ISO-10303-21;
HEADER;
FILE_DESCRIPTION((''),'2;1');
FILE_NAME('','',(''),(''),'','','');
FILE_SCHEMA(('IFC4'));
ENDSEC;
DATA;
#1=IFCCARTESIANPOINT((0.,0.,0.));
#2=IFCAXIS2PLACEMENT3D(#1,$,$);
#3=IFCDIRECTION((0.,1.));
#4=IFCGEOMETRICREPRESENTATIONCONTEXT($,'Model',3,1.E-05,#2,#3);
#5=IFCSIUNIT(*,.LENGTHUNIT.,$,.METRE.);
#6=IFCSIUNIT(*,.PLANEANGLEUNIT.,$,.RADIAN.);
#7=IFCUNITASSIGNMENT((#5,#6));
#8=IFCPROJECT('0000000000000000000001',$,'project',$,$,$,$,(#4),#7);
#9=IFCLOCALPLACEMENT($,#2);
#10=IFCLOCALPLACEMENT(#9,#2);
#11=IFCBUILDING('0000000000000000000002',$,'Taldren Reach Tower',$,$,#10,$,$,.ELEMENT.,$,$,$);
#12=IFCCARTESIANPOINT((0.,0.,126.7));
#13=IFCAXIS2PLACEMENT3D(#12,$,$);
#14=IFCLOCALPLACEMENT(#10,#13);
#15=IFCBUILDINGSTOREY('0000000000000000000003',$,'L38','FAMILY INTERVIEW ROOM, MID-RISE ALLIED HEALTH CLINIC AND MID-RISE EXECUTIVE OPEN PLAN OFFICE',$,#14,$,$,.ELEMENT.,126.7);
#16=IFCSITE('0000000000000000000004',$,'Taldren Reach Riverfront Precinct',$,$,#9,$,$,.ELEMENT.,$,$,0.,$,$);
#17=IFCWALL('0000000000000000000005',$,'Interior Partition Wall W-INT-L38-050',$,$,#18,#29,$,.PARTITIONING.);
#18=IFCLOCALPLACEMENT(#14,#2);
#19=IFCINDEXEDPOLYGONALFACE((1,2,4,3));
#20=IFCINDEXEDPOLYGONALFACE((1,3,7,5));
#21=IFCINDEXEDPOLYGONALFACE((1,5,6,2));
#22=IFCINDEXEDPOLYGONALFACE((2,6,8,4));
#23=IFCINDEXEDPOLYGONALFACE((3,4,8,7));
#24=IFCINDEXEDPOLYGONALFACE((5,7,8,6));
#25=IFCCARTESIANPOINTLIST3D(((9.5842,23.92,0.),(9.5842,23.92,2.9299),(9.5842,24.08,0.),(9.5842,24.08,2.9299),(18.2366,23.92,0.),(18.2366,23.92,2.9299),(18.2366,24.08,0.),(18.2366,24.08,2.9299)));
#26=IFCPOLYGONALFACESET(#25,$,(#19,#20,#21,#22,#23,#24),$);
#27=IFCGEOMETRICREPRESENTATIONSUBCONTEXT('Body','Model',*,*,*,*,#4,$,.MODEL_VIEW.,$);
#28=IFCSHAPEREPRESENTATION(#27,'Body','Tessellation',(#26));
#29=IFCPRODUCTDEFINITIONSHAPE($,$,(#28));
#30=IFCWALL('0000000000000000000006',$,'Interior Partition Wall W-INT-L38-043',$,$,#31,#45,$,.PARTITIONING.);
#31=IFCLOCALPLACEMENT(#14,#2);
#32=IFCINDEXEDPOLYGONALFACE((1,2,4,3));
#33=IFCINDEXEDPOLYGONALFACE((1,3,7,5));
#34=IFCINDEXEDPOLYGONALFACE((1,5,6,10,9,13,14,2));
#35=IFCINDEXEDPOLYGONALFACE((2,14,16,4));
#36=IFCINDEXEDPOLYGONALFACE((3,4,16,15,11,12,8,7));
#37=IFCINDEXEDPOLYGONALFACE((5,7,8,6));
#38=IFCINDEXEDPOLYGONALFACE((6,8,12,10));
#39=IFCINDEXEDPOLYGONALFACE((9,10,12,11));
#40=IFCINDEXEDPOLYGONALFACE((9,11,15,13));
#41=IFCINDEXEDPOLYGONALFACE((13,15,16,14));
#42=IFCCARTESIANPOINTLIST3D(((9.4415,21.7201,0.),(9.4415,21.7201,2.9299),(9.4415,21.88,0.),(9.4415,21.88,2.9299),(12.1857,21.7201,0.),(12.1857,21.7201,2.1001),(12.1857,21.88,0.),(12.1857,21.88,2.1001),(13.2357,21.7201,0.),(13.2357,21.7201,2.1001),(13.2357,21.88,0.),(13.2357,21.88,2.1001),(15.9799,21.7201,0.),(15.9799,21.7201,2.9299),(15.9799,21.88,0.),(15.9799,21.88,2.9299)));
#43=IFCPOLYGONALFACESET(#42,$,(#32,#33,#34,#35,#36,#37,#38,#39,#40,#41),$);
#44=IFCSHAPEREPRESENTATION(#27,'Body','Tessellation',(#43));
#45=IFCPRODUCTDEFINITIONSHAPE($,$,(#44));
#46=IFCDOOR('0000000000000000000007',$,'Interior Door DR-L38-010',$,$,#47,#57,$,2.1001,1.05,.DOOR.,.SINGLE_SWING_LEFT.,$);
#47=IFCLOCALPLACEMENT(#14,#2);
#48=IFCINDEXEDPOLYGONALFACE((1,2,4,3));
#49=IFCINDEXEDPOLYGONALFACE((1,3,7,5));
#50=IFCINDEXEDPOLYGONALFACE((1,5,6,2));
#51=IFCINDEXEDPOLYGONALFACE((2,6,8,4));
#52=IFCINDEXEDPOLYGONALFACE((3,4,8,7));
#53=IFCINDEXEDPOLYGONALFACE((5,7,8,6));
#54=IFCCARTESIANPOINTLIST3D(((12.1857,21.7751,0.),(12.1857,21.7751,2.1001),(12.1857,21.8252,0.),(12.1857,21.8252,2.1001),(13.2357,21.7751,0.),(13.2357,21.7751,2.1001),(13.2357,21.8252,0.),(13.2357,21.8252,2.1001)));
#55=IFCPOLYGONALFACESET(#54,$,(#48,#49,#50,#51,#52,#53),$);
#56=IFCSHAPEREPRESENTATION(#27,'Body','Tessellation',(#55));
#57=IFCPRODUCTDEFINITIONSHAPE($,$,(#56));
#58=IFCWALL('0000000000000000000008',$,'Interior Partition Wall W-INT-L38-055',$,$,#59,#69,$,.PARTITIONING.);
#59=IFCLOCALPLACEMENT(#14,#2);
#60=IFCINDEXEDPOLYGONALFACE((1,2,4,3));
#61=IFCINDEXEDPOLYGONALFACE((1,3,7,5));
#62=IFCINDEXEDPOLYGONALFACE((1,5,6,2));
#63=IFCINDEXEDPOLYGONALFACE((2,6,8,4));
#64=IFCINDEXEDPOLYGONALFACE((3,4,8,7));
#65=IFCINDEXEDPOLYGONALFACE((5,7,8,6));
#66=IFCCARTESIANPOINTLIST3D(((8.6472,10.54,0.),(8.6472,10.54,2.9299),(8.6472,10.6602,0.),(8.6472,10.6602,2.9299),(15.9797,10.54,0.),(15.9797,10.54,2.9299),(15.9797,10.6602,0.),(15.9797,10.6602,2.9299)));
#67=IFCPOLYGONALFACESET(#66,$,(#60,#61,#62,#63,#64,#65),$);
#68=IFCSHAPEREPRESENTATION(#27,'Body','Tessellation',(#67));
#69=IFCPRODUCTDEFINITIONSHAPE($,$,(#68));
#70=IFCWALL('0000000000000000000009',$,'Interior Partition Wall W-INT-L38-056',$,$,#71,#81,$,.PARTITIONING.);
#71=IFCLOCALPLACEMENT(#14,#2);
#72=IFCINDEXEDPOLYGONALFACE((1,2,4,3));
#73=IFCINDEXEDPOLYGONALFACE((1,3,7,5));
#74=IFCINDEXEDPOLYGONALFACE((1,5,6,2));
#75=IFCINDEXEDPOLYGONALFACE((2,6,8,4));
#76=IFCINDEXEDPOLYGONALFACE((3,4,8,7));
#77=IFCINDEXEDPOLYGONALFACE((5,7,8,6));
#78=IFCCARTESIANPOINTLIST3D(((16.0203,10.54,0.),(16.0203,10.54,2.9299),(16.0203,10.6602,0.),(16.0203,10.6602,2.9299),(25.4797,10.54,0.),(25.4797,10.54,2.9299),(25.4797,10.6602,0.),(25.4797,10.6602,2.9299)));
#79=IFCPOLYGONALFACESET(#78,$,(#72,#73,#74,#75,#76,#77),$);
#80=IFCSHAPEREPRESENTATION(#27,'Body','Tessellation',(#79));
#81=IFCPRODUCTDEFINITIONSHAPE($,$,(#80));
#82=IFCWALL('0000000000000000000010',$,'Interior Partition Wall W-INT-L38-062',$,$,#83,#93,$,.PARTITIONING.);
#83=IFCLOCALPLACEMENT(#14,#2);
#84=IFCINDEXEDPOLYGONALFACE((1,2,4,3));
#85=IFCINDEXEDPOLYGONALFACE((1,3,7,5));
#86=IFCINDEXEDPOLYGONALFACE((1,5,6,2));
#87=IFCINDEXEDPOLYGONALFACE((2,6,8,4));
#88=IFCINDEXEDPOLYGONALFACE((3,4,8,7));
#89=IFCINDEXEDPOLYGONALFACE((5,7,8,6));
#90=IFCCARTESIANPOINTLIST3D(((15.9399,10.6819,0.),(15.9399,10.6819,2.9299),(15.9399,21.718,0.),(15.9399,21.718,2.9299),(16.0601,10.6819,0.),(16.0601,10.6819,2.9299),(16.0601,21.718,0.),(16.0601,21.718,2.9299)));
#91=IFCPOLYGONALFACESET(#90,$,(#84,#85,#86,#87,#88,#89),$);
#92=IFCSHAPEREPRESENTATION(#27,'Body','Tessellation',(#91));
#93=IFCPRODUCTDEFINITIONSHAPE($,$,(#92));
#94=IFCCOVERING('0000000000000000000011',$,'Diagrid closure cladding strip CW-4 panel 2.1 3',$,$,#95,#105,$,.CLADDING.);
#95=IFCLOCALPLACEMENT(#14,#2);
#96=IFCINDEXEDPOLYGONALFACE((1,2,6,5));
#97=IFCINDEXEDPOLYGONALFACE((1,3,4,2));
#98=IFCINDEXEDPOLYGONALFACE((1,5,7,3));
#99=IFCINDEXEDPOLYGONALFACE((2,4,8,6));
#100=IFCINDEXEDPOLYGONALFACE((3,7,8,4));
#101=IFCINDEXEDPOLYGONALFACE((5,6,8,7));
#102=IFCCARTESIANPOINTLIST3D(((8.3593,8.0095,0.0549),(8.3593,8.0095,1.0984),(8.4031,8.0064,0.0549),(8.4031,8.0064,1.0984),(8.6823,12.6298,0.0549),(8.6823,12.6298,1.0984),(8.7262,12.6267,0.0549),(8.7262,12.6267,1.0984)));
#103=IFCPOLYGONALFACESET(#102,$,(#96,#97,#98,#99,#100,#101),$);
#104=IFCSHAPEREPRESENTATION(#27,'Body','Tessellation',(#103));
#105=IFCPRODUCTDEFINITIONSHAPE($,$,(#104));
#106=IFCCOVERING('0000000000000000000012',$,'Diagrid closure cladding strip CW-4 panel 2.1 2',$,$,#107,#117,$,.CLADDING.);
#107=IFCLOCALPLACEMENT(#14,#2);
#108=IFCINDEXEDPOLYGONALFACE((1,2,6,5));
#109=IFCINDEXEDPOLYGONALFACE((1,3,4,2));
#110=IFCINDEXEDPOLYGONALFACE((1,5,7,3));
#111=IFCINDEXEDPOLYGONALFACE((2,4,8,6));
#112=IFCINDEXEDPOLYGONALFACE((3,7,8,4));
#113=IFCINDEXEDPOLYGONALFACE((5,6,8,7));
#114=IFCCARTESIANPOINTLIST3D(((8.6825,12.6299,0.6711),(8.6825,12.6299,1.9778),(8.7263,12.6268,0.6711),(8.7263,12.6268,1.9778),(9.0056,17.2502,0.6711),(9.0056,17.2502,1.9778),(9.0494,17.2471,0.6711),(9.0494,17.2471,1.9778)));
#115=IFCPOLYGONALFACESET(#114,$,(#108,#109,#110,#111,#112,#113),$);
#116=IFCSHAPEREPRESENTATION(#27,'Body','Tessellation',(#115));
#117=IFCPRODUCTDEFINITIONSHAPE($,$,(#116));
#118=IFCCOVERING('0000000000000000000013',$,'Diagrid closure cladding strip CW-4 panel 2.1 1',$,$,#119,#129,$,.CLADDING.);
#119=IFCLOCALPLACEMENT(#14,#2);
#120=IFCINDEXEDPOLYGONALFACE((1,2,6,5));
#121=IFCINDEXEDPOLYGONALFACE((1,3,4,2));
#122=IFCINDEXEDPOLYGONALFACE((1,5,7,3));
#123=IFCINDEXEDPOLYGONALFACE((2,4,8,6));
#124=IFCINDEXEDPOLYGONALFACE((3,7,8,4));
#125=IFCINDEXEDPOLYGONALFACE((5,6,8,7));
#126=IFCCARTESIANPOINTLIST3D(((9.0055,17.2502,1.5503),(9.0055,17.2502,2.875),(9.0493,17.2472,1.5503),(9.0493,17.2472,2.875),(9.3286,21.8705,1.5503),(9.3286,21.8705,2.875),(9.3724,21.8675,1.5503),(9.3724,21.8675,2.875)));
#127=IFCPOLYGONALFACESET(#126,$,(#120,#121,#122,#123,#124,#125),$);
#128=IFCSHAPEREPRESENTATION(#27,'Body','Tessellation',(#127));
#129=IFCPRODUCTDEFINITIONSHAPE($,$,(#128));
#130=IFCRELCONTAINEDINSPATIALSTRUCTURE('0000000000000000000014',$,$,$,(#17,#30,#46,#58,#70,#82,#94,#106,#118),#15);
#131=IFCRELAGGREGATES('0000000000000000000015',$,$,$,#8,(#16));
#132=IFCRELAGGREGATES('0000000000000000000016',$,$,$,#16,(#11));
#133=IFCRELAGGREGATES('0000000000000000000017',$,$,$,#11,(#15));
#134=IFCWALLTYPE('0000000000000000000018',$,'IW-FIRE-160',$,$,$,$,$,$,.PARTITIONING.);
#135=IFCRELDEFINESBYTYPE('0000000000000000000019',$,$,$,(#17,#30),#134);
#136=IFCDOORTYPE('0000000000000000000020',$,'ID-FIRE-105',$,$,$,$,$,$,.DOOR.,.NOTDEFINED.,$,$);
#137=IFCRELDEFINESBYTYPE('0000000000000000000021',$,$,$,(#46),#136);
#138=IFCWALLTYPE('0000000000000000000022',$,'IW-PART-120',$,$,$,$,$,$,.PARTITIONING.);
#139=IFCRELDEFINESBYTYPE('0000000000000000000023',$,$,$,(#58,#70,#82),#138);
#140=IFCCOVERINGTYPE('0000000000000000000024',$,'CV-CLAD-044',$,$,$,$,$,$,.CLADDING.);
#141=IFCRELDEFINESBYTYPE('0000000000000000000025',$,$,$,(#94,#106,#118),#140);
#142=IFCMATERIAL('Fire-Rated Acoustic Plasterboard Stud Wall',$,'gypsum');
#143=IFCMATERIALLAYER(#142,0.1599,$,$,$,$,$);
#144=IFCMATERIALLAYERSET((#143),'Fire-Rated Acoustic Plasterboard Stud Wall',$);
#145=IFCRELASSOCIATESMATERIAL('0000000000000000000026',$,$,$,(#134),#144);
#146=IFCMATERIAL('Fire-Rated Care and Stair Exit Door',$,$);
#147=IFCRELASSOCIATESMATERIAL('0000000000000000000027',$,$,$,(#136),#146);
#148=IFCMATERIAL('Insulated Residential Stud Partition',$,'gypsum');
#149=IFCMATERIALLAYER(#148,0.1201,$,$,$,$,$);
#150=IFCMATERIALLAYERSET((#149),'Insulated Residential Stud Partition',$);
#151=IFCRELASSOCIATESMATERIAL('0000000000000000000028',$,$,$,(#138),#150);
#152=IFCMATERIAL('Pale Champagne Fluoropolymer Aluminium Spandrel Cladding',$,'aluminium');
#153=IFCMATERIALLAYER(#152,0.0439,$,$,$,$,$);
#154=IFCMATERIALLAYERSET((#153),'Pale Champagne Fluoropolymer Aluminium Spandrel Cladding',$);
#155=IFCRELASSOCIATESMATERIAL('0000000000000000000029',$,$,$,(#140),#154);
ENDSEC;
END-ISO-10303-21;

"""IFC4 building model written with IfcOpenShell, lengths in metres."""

from ifc_helpers import new_model, si_unit, direction, frame, frame_2d, origin, origin_2d, place, context, subcontext, project, spatial, rectangle, extrude, source, transform, mapped, material, layer, layer_set, type_object, element, fill, save


model = new_model("IFC4")

# Units and contexts
model_context = context("Model", 3, precision=1e-05, world=origin(), true_north=direction((0.0, 1.0)))
body_context = subcontext(model_context, "Body", "Model", "MODEL_VIEW")
ifc_project = project(units=[si_unit("LENGTHUNIT", "METRE"), si_unit("PLANEANGLEUNIT", "RADIAN")], contexts=[model_context])

# Site, building, storey
site_placement = place(None, origin())
site = spatial("IfcSite", under=ifc_project, at=site_placement, Name="Taldren Reach Riverfront Precinct", CompositionType="ELEMENT", RefElevation=0.0)
building_placement = place(site_placement, origin())
building = spatial("IfcBuilding", under=site, at=building_placement, Name="Taldren Reach Tower", CompositionType="ELEMENT")
storey_placement = place(building_placement, frame((0.0, 0.0, 126.7)))
storey = spatial("IfcBuildingStorey", under=building, at=storey_placement, Name="L38", Description="FAMILY INTERVIEW ROOM, MID-RISE ALLIED HEALTH CLINIC AND MID-RISE EXECUTIVE OPEN PLAN OFFICE", CompositionType="ELEMENT", Elevation=126.7)

# Wall
ifc_material_1 = material(Name="Fire-Rated Acoustic Plasterboard Stud Wall", Category="gypsum")
ifc_layer_1 = layer(ifc_material_1, 0.1599)
ifc_layer_set_1 = layer_set([ifc_layer_1], Name="Fire-Rated Acoustic Plasterboard Stud Wall")
wall_type_1 = type_object("IfcWallType", Name="IW-FIRE-160", PredefinedType="PARTITIONING", material=ifc_layer_set_1)
shared_shape_1 = source(origin(), body_context, "Body", "SweptSolid", [
    extrude(rectangle(XDim=8.6523, YDim=0.1599, at=frame_2d((4.3262, 0.0))), origin(), (0.0, 0.0, 1.0), 2.9299),
])
wall_1_placement = place(storey_placement, frame((9.5842, 24.0, 0.0), z_axis=(0.0, 0.0, 1.0), x_axis=(1.0, 0.0, 0.0)))
element("IfcWall", 1, at=wall_1_placement, inside=storey, type_object=wall_type_1, Name="Interior Partition Wall W-INT-L38-050", PredefinedType="PARTITIONING", context=body_context, shape_type="MappedRepresentation", body=[
    mapped(shared_shape_1, transform((0.0, 0.0, 0.0), scale=1.0)),
])

# Wall, opening, door
shared_shape_2 = source(origin(), body_context, "Body", "SweptSolid", [
    extrude(rectangle(XDim=6.5383, YDim=0.1599, at=frame_2d((3.269, 0.0))), origin(), (0.0, 0.0, 1.0), 2.9299),
])
wall_2_placement = place(storey_placement, frame((15.9797, 21.8, 0.0), z_axis=(0.0, 0.0, 1.0), x_axis=(-1.0, 0.0, 0.0)))
wall_2 = element("IfcWall", 2, at=wall_2_placement, inside=storey, type_object=wall_type_1, Name="Interior Partition Wall W-INT-L38-043", PredefinedType="PARTITIONING", context=body_context, shape_type="MappedRepresentation", body=[
    mapped(shared_shape_2, transform((0.0, 0.0, 0.0), scale=1.0)),
])
shared_shape_3 = source(origin(), body_context, "Body", "SweptSolid", [
    extrude(rectangle(XDim=1.05, YDim=2.1001, at=frame_2d((0.5249, 1.05))), frame((0.0, 0.0898, 0.0), z_axis=(0.0, -1.0, 0.0), x_axis=(1.0, 0.0, 0.0)), (0.0, 0.0, 1.0), 0.1799),
])
opening_placement = place(wall_2_placement, frame((2.7441, 0.0, 0.0)))
opening = element("IfcOpeningElement", 3, at=opening_placement, cuts=wall_2, PredefinedType="OPENING", context=body_context, shape_type="MappedRepresentation", body=[
    mapped(shared_shape_3, transform((0.0, 0.0, 0.0), scale=1.0)),
])
ifc_material_2 = material(Name="Fire-Rated Care and Stair Exit Door")
door_type = type_object("IfcDoorType", Name="ID-FIRE-105", OperationType="NOTDEFINED", PredefinedType="DOOR", material=ifc_material_2)
shared_shape_4 = source(origin(), body_context, "Body", "SweptSolid", [
    extrude(rectangle(XDim=1.05, YDim=2.1001, at=frame_2d((0.5249, 1.05))), frame((0.0, 0.0249, 0.0), z_axis=(0.0, -1.0, 0.0), x_axis=(1.0, 0.0, 0.0)), (0.0, 0.0, 1.0), 0.05),
])
door_placement = place(opening_placement, origin())
door = element("IfcDoor", 4, at=door_placement, inside=storey, type_object=door_type, Name="Interior Door DR-L38-010", OperationType="SINGLE_SWING_LEFT", OverallHeight=2.1001, OverallWidth=1.05, PredefinedType="DOOR", context=body_context, shape_type="MappedRepresentation", body=[
    mapped(shared_shape_4, transform((0.0, 0.0, 0.0), scale=1.0)),
])
fill(opening, door)

# Walls
ifc_material_3 = material(Name="Insulated Residential Stud Partition", Category="gypsum")
ifc_layer_2 = layer(ifc_material_3, 0.1201)
ifc_layer_set_2 = layer_set([ifc_layer_2], Name="Insulated Residential Stud Partition")
wall_type_2 = type_object("IfcWallType", Name="IW-PART-120", PredefinedType="PARTITIONING", material=ifc_layer_set_2)
shared_shape_5 = source(origin(), body_context, "Body", "SweptSolid", [
    extrude(rectangle(XDim=7.3325, YDim=0.1201, at=frame_2d((3.6663, 0.0))), origin(), (0.0, 0.0, 1.0), 2.9299),
])
wall_3_placement = place(storey_placement, frame((8.6472, 10.6001, 0.0), z_axis=(0.0, 0.0, 1.0), x_axis=(1.0, 0.0, 0.0)))
element("IfcWall", 5, at=wall_3_placement, inside=storey, type_object=wall_type_2, Name="Interior Partition Wall W-INT-L38-055", PredefinedType="PARTITIONING", context=body_context, shape_type="MappedRepresentation", body=[
    mapped(shared_shape_5, transform((0.0, 0.0, 0.0), scale=1.0)),
])
shared_shape_6 = source(origin(), body_context, "Body", "SweptSolid", [
    extrude(rectangle(XDim=9.4595, YDim=0.1201, at=frame_2d((4.7297, 0.0))), origin(), (0.0, 0.0, 1.0), 2.9299),
])
wall_4_placement = place(storey_placement, frame((16.0203, 10.6001, 0.0), z_axis=(0.0, 0.0, 1.0), x_axis=(1.0, 0.0, 0.0)))
element("IfcWall", 6, at=wall_4_placement, inside=storey, type_object=wall_type_2, Name="Interior Partition Wall W-INT-L38-056", PredefinedType="PARTITIONING", context=body_context, shape_type="MappedRepresentation", body=[
    mapped(shared_shape_6, transform((0.0, 0.0, 0.0), scale=1.0)),
])
shared_shape_7 = source(origin(), body_context, "Body", "SweptSolid", [
    extrude(rectangle(XDim=11.0361, YDim=0.1201, at=frame_2d((5.5181, 0.0))), origin(), (0.0, 0.0, 1.0), 2.9299),
])
wall_5_placement = place(storey_placement, frame((16.0, 21.718, 0.0), z_axis=(0.0, 0.0, 1.0), x_axis=(0.0, -1.0, 0.0)))
element("IfcWall", 7, at=wall_5_placement, inside=storey, type_object=wall_type_2, Name="Interior Partition Wall W-INT-L38-062", PredefinedType="PARTITIONING", context=body_context, shape_type="MappedRepresentation", body=[
    mapped(shared_shape_7, transform((0.0, 0.0, 0.0), scale=1.0)),
])

# Coverings
ifc_material_4 = material(Name="Pale Champagne Fluoropolymer Aluminium Spandrel Cladding", Category="aluminium")
ifc_layer_3 = layer(ifc_material_4, 0.0439)
ifc_layer_set_3 = layer_set([ifc_layer_3], Name="Pale Champagne Fluoropolymer Aluminium Spandrel Cladding")
covering_type = type_object("IfcCoveringType", Name="CV-CLAD-044", PredefinedType="CLADDING", material=ifc_layer_set_3)
shared_shape_8 = source(origin(), body_context, "Body", "SweptSolid", [
    extrude(rectangle(XDim=4.6316, YDim=0.0439, at=origin_2d()), origin(), (0.0, 0.0, 1.0), 1.0435),
])
covering_1_placement = place(storey_placement, frame((8.5427, 10.3181, 0.0549), z_axis=(0.0, 0.0, 1.0), x_axis=(-0.069756, -0.997564, 0.0)))
element("IfcCovering", 8, at=covering_1_placement, inside=storey, type_object=covering_type, Name="Diagrid closure cladding strip CW-4 panel 2.1 3", PredefinedType="CLADDING", context=body_context, shape_type="MappedRepresentation", body=[
    mapped(shared_shape_8, transform((0.0, 0.0, 0.0), scale=1.0)),
])
shared_shape_9 = source(origin(), body_context, "Body", "SweptSolid", [
    extrude(rectangle(XDim=4.6316, YDim=0.0439, at=origin_2d()), origin(), (0.0, 0.0, 1.0), 1.3066),
])
covering_2_placement = place(storey_placement, frame((8.866, 14.9385, 0.6711), z_axis=(0.0, 0.0, 1.0), x_axis=(-0.069756, -0.997564, 0.0)))
element("IfcCovering", 9, at=covering_2_placement, inside=storey, type_object=covering_type, Name="Diagrid closure cladding strip CW-4 panel 2.1 2", PredefinedType="CLADDING", context=body_context, shape_type="MappedRepresentation", body=[
    mapped(shared_shape_9, transform((0.0, 0.0, 0.0), scale=1.0)),
])
shared_shape_10 = source(origin(), body_context, "Body", "SweptSolid", [
    extrude(rectangle(XDim=4.6316, YDim=0.0439, at=origin_2d()), origin(), (0.0, 0.0, 1.0), 1.3247),
])
covering_3_placement = place(storey_placement, frame((9.189, 19.5588, 1.5503), z_axis=(0.0, 0.0, 1.0), x_axis=(-0.069756, -0.997564, 0.0)))
element("IfcCovering", 10, at=covering_3_placement, inside=storey, type_object=covering_type, Name="Diagrid closure cladding strip CW-4 panel 2.1 1", PredefinedType="CLADDING", context=body_context, shape_type="MappedRepresentation", body=[
    mapped(shared_shape_10, transform((0.0, 0.0, 0.0), scale=1.0)),
])

save(model, "model.ifc")
